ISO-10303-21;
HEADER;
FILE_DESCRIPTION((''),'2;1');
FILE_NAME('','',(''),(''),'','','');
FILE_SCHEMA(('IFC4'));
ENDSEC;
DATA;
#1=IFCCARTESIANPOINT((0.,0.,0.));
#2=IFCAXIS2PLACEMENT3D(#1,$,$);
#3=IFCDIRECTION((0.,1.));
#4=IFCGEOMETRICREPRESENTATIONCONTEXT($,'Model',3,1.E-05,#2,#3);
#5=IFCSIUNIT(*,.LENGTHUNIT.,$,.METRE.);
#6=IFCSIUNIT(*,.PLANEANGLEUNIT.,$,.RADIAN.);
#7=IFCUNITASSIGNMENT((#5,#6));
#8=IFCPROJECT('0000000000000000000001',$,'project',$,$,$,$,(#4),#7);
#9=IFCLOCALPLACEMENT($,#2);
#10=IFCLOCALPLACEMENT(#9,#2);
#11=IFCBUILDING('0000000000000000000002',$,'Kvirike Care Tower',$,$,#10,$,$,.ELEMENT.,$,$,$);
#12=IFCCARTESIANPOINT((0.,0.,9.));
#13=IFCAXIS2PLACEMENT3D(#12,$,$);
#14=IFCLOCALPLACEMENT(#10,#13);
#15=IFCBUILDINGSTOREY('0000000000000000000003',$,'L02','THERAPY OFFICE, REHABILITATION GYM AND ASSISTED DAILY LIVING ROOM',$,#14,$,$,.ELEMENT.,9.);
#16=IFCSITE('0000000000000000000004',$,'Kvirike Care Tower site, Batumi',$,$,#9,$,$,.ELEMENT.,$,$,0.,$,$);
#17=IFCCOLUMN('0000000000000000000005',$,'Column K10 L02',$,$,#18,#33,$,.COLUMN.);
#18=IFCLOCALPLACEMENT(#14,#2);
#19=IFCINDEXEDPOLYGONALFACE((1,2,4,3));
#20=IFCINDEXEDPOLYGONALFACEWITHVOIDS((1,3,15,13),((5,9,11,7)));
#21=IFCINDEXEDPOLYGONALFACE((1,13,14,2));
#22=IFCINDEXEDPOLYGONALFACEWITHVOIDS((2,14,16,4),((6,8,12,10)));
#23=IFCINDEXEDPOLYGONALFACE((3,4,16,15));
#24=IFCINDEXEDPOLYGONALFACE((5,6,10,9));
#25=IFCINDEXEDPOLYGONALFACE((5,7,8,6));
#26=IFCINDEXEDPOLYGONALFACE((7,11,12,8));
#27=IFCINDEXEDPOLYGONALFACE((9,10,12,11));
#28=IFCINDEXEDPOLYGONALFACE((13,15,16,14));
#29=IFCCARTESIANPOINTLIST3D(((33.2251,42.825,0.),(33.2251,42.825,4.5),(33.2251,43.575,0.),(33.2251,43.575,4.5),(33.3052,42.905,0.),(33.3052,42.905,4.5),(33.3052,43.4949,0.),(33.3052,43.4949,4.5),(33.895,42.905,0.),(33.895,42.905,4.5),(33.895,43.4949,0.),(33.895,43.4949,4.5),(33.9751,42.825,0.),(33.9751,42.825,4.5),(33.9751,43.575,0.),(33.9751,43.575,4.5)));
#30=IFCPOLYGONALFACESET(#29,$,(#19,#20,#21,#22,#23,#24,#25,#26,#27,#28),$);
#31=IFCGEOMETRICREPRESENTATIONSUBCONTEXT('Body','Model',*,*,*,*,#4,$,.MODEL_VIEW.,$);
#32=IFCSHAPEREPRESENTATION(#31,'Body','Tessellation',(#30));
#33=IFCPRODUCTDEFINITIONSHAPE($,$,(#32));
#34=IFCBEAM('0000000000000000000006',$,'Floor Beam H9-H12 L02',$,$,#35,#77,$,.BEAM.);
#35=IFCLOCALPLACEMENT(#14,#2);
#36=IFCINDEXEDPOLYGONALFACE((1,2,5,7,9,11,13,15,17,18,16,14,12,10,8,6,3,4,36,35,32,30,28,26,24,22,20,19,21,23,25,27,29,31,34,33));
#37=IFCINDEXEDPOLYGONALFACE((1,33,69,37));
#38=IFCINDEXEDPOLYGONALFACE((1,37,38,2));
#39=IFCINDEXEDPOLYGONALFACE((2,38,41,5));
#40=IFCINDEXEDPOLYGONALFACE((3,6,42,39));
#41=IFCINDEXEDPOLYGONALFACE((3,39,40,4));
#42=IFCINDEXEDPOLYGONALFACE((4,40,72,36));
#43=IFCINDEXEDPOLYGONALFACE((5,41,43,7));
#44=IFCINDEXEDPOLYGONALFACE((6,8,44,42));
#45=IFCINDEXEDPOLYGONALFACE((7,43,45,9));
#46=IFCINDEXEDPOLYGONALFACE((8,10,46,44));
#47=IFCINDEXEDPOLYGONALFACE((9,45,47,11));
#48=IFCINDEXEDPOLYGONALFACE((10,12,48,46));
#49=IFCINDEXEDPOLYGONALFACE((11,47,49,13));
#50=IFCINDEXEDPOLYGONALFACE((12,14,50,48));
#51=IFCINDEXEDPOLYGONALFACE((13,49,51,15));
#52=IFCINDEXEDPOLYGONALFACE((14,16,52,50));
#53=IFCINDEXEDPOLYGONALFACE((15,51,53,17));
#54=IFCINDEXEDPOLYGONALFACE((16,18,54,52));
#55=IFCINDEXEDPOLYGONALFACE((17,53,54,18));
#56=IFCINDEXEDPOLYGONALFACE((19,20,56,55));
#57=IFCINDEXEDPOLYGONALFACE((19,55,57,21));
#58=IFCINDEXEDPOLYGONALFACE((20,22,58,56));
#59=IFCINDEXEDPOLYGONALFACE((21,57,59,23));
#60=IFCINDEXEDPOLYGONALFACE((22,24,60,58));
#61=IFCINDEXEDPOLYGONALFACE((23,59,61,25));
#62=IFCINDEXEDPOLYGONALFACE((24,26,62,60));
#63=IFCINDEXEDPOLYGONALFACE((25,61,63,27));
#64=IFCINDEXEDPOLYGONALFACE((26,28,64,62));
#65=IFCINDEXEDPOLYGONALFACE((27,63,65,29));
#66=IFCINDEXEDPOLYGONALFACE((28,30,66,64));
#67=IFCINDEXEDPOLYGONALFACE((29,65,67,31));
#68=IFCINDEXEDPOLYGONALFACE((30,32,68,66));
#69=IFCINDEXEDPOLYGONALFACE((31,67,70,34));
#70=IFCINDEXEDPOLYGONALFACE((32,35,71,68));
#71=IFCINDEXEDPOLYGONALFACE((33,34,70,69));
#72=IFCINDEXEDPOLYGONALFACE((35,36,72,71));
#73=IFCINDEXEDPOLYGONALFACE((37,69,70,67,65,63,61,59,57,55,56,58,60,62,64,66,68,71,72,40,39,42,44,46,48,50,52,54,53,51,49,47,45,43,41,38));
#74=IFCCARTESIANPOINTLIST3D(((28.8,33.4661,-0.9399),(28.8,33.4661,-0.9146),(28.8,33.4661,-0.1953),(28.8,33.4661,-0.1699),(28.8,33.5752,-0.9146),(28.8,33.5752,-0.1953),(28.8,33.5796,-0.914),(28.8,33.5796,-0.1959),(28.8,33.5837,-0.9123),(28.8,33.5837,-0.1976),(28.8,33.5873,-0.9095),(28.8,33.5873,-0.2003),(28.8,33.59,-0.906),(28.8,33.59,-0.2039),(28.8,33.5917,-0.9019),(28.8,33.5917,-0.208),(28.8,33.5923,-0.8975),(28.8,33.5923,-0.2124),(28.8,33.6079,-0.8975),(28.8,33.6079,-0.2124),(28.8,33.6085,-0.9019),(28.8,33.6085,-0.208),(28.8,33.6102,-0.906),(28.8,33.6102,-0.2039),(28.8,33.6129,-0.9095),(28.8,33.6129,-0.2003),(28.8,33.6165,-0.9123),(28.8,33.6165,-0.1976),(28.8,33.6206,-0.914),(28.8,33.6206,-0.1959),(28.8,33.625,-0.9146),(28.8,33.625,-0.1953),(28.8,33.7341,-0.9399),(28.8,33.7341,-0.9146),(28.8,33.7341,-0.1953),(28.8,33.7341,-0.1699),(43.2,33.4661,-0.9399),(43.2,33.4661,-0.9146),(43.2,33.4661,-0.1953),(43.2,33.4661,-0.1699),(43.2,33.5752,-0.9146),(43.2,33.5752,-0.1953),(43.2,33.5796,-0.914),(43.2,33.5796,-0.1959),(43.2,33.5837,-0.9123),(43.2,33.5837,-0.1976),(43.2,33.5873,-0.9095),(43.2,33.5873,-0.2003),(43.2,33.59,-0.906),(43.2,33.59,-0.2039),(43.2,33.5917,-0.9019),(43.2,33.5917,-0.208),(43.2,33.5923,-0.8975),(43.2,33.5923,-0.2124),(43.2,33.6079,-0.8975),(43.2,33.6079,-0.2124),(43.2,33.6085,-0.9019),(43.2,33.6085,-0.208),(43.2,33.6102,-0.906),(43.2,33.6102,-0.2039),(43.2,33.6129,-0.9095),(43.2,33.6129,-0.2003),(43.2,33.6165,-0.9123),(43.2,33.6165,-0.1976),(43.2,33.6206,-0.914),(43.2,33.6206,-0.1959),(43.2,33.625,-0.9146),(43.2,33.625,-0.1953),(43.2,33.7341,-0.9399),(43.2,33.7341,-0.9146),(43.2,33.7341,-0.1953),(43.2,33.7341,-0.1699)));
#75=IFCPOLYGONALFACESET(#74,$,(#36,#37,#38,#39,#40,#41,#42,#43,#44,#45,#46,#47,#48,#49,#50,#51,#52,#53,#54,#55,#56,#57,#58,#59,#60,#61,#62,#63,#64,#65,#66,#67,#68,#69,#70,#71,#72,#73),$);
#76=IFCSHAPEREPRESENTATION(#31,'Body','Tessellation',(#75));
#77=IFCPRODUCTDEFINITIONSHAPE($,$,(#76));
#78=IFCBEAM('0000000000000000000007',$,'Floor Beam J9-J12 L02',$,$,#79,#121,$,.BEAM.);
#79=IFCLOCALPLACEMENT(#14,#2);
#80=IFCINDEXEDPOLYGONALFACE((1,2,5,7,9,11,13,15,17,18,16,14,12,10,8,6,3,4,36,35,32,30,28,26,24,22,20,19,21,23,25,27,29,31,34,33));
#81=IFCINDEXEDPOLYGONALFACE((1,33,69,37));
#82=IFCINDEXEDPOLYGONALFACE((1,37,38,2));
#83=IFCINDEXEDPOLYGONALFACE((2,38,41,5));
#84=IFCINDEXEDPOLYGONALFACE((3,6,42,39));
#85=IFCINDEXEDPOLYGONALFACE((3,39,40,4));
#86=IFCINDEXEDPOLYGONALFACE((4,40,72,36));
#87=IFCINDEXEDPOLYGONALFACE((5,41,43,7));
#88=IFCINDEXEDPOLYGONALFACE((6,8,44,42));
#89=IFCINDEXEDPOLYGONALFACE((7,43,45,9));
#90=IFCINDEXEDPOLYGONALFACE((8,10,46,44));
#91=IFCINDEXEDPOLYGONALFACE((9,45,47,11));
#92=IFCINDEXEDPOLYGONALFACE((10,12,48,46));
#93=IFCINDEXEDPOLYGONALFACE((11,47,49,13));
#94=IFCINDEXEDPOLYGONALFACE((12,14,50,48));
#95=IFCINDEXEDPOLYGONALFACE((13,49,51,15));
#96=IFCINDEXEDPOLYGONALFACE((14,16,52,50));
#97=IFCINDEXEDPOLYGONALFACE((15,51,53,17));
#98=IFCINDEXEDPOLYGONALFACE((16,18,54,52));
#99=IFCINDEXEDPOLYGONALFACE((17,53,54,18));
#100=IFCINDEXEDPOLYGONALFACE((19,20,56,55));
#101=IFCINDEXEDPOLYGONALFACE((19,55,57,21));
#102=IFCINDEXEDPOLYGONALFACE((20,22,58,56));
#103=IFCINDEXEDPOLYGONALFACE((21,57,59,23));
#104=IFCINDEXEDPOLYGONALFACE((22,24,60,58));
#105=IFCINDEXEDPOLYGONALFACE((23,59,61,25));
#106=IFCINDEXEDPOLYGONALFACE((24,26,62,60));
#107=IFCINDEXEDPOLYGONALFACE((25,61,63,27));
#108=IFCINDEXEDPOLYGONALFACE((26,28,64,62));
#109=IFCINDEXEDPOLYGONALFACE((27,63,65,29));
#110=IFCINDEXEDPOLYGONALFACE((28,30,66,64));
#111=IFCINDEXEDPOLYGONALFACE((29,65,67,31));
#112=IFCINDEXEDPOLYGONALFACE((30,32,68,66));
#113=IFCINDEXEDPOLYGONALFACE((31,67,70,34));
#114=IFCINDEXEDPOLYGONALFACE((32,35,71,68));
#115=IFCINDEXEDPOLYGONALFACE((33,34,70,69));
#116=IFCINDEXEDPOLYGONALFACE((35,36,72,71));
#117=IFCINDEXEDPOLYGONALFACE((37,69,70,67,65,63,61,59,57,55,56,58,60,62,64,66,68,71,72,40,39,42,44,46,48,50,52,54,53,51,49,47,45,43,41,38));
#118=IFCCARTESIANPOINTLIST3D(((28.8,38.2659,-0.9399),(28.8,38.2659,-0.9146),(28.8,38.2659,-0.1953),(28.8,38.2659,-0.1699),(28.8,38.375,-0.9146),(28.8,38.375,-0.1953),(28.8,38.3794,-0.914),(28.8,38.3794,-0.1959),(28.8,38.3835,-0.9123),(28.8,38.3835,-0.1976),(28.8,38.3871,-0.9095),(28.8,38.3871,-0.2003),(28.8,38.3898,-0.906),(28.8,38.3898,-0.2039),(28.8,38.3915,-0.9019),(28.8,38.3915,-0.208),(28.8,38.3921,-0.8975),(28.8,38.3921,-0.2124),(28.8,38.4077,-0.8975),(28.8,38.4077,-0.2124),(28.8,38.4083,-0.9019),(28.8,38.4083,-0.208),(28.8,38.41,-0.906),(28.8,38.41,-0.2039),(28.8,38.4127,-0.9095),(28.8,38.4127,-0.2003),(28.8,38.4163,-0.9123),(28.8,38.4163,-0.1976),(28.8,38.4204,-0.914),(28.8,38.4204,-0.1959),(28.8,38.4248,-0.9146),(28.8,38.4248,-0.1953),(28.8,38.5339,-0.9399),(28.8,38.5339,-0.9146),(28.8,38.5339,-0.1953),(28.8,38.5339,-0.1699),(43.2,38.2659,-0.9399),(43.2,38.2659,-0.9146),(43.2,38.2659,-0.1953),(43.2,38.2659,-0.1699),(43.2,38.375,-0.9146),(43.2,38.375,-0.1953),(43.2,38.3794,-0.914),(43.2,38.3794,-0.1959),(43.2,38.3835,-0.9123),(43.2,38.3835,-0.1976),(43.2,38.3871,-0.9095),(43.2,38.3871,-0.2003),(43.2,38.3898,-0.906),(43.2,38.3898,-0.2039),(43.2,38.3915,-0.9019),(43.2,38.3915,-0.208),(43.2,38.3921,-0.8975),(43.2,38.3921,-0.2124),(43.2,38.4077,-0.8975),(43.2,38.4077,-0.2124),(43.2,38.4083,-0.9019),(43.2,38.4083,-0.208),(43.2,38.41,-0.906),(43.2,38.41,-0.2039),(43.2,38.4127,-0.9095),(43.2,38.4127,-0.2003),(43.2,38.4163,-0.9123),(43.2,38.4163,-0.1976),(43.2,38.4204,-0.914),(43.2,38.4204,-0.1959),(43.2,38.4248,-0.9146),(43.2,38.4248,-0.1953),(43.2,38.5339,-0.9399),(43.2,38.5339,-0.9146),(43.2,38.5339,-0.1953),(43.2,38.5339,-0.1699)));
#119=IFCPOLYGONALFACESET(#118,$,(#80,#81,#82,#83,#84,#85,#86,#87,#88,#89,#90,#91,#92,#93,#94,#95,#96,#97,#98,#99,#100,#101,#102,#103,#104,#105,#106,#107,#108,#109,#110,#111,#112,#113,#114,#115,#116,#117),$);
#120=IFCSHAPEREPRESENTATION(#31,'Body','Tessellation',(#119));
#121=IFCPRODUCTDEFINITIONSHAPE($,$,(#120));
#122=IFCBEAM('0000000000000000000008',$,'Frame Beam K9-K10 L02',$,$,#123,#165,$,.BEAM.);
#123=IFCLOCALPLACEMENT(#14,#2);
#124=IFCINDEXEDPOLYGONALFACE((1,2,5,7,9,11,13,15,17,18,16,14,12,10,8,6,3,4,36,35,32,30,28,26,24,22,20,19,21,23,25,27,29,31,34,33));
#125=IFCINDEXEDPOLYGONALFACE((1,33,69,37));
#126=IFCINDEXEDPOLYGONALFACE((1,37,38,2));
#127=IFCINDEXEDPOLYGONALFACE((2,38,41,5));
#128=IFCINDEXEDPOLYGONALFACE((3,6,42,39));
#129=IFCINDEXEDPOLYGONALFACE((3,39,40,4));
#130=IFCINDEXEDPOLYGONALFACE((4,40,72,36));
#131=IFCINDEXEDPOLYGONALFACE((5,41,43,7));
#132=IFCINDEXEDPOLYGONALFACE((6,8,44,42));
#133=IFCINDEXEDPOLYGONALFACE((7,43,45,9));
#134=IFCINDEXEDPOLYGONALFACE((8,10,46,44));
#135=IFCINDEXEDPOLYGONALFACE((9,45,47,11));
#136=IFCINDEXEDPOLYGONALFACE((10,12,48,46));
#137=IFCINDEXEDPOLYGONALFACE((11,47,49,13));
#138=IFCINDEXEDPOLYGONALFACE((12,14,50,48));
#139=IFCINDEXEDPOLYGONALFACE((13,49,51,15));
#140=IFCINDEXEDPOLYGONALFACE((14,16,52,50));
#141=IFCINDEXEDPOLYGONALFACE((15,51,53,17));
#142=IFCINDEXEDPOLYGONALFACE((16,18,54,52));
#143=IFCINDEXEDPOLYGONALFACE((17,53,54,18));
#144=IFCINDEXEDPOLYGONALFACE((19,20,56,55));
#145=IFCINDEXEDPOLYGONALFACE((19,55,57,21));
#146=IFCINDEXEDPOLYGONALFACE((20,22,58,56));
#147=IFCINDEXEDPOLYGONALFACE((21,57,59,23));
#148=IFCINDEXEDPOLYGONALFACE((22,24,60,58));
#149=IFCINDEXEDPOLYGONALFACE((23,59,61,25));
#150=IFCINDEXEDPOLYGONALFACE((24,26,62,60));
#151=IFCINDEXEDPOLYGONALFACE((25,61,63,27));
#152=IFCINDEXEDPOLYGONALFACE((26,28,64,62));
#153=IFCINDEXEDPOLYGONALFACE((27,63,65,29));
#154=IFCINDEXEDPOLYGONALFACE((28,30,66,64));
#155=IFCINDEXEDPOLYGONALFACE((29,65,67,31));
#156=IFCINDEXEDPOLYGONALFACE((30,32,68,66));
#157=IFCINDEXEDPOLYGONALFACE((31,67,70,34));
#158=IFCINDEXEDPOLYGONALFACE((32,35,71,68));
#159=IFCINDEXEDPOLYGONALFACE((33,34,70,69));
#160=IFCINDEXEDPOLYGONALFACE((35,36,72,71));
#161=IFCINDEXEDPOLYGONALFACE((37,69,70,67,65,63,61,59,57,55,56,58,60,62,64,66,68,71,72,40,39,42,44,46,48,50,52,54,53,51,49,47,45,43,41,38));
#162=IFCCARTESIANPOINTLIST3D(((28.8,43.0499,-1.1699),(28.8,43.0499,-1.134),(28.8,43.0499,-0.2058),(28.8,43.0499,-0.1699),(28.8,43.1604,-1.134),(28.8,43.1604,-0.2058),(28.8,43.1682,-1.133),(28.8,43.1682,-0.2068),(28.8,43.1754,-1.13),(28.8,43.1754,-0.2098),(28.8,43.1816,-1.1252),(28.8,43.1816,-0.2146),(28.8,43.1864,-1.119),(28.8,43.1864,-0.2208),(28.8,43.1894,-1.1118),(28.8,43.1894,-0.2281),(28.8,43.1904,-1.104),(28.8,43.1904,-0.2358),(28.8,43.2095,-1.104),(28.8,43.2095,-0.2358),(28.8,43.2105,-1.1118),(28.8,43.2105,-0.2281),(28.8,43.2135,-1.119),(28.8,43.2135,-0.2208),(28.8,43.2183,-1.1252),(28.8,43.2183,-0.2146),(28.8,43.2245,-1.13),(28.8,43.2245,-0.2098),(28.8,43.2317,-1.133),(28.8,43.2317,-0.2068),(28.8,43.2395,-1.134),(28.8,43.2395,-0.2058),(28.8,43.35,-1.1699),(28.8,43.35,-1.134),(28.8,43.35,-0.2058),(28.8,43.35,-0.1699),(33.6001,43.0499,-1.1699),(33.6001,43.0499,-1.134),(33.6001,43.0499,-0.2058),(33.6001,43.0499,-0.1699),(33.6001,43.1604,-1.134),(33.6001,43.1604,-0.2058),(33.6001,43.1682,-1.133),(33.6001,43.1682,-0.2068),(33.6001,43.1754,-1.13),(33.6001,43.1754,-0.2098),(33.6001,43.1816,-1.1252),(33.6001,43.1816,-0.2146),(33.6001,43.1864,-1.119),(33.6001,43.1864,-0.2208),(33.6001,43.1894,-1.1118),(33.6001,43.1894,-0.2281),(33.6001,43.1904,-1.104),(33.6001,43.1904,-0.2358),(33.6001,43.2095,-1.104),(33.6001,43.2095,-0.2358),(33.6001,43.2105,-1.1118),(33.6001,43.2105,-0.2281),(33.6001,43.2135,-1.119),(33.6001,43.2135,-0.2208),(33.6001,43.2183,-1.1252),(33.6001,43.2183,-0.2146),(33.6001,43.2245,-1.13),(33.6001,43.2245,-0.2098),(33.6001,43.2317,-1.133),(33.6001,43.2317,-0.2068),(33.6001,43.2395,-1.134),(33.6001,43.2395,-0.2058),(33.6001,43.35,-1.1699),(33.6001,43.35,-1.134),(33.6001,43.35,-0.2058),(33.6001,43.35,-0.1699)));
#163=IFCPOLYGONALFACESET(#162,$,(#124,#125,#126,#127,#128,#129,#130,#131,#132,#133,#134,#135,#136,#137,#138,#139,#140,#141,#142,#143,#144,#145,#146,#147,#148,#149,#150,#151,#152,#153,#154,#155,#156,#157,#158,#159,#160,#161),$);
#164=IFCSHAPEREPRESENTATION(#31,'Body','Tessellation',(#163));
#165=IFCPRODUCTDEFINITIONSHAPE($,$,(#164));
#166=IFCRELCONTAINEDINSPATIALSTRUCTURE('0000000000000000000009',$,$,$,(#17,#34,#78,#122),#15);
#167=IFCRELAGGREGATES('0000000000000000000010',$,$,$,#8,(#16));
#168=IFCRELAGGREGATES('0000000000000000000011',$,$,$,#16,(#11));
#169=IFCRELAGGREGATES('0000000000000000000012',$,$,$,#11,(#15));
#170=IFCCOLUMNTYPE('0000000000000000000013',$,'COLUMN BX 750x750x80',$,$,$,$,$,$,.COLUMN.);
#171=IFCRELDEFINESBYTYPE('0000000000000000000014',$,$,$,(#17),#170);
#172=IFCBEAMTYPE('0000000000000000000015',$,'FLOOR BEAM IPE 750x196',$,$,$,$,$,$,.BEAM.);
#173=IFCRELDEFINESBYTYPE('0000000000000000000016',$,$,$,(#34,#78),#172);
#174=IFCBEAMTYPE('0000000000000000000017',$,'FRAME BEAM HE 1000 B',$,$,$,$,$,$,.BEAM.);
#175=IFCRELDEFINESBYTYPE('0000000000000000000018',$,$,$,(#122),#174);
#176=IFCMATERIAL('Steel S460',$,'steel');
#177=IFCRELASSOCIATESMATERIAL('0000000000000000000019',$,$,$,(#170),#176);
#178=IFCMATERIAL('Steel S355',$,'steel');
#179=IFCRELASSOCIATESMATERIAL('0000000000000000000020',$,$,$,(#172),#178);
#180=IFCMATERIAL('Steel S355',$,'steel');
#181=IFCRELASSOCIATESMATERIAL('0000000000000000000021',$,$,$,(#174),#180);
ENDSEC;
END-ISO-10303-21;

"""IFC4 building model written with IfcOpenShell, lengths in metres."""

from ifc_helpers import new_model, si_unit, direction, frame, origin, origin_2d, place, context, subcontext, project, spatial, hollow_rectangle, i_section, extrude, material, material_profile, profile_set, type_object, element, save


model = new_model("IFC4")

# Units and contexts
model_context = context("Model", 3, precision=1e-05, world=origin(), true_north=direction((0.0, 1.0)))
body_context = subcontext(model_context, "Body", "Model", "MODEL_VIEW")
ifc_project = project(units=[si_unit("LENGTHUNIT", "METRE"), si_unit("PLANEANGLEUNIT", "RADIAN")], contexts=[model_context])

# Site, building, storey
site_placement = place(None, origin())
site = spatial("IfcSite", under=ifc_project, at=site_placement, Name="Kvirike Care Tower site, Batumi", CompositionType="ELEMENT", RefElevation=0.0)
building_placement = place(site_placement, origin())
building = spatial("IfcBuilding", under=site, at=building_placement, Name="Kvirike Care Tower", CompositionType="ELEMENT")
storey_placement = place(building_placement, frame((0.0, 0.0, 9.0)))
storey = spatial("IfcBuildingStorey", under=building, at=storey_placement, Name="L02", Description="THERAPY OFFICE, REHABILITATION GYM AND ASSISTED DAILY LIVING ROOM", CompositionType="ELEMENT", Elevation=9.0)

# Column
ifc_material_1 = material(Name="Steel S460", Category="steel")
ifc_material_profile_1 = material_profile(ifc_material_1, hollow_rectangle(XDim=0.75, YDim=0.75, WallThickness=0.0801, at=origin_2d()), Name="BX 750x750x80")
ifc_profile_set_1 = profile_set([ifc_material_profile_1], Name="Steel S460")
column_type = type_object("IfcColumnType", Name="COLUMN BX 750x750x80", PredefinedType="COLUMN", material=ifc_profile_set_1)
column_placement = place(storey_placement, frame((33.6001, 43.2, 0.0), z_axis=(0.0, 0.0, 1.0), x_axis=(0.0, 1.0, 0.0)))
element("IfcColumn", 1, at=column_placement, inside=storey, type_object=column_type, Name="Column K10 L02", PredefinedType="COLUMN", context=body_context, shape_type="SweptSolid", body=[
    extrude(hollow_rectangle(XDim=0.75, YDim=0.75, WallThickness=0.0801, at=origin_2d()), origin(), (0.0, 0.0, 1.0), 4.5),
])

# Beams
ifc_material_2 = material(Name="Steel S355", Category="steel")
ifc_material_profile_2 = material_profile(ifc_material_2, i_section(OverallWidth=0.2681, OverallDepth=0.77, WebThickness=0.0156, FlangeThickness=0.0254, FilletRadius=0.0171, at=origin_2d()), Name="IPE 750x196")
ifc_profile_set_2 = profile_set([ifc_material_profile_2], Name="Steel S355")
beam_type_1 = type_object("IfcBeamType", Name="FLOOR BEAM IPE 750x196", PredefinedType="BEAM", material=ifc_profile_set_2)
for number, where, z_axis, x_axis, name in (
    (2, (28.8, 33.6001, -0.5549), (1.0, 0.0, 0.0), (0.0, 1.0, 0.0), "Floor Beam H9-H12 L02"),
    (3, (28.8, 38.3999, -0.5549), (1.0, 0.0, 0.0), (0.0, 1.0, 0.0), "Floor Beam J9-J12 L02"),
):
    element("IfcBeam", number, at=place(storey_placement, frame(where, z_axis=z_axis, x_axis=x_axis)), inside=storey, type_object=beam_type_1, Name=name, PredefinedType="BEAM", context=body_context, shape_type="SweptSolid", body=[
        extrude(i_section(OverallWidth=0.2681, OverallDepth=0.77, WebThickness=0.0156, FlangeThickness=0.0254, FilletRadius=0.0171, at=origin_2d()), origin(), (0.0, 0.0, 1.0), 14.3999),
    ])
ifc_material_3 = material(Name="Steel S355", Category="steel")
ifc_material_profile_3 = material_profile(ifc_material_3, i_section(OverallWidth=0.3, OverallDepth=1.0, WebThickness=0.019, FlangeThickness=0.0359, FilletRadius=0.03, at=origin_2d()), Name="HE 1000 B")
ifc_profile_set_3 = profile_set([ifc_material_profile_3], Name="Steel S355")
beam_type_2 = type_object("IfcBeamType", Name="FRAME BEAM HE 1000 B", PredefinedType="BEAM", material=ifc_profile_set_3)
beam_1_placement = place(storey_placement, frame((28.8, 43.2, -0.6699), z_axis=(1.0, 0.0, 0.0), x_axis=(0.0, 1.0, 0.0)))
element("IfcBeam", 4, at=beam_1_placement, inside=storey, type_object=beam_type_2, Name="Frame Beam K9-K10 L02", PredefinedType="BEAM", context=body_context, shape_type="SweptSolid", body=[
    extrude(i_section(OverallWidth=0.3, OverallDepth=1.0, WebThickness=0.019, FlangeThickness=0.0359, FilletRadius=0.03, at=origin_2d()), origin(), (0.0, 0.0, 1.0), 4.8),
])

save(model, "model.ifc")
